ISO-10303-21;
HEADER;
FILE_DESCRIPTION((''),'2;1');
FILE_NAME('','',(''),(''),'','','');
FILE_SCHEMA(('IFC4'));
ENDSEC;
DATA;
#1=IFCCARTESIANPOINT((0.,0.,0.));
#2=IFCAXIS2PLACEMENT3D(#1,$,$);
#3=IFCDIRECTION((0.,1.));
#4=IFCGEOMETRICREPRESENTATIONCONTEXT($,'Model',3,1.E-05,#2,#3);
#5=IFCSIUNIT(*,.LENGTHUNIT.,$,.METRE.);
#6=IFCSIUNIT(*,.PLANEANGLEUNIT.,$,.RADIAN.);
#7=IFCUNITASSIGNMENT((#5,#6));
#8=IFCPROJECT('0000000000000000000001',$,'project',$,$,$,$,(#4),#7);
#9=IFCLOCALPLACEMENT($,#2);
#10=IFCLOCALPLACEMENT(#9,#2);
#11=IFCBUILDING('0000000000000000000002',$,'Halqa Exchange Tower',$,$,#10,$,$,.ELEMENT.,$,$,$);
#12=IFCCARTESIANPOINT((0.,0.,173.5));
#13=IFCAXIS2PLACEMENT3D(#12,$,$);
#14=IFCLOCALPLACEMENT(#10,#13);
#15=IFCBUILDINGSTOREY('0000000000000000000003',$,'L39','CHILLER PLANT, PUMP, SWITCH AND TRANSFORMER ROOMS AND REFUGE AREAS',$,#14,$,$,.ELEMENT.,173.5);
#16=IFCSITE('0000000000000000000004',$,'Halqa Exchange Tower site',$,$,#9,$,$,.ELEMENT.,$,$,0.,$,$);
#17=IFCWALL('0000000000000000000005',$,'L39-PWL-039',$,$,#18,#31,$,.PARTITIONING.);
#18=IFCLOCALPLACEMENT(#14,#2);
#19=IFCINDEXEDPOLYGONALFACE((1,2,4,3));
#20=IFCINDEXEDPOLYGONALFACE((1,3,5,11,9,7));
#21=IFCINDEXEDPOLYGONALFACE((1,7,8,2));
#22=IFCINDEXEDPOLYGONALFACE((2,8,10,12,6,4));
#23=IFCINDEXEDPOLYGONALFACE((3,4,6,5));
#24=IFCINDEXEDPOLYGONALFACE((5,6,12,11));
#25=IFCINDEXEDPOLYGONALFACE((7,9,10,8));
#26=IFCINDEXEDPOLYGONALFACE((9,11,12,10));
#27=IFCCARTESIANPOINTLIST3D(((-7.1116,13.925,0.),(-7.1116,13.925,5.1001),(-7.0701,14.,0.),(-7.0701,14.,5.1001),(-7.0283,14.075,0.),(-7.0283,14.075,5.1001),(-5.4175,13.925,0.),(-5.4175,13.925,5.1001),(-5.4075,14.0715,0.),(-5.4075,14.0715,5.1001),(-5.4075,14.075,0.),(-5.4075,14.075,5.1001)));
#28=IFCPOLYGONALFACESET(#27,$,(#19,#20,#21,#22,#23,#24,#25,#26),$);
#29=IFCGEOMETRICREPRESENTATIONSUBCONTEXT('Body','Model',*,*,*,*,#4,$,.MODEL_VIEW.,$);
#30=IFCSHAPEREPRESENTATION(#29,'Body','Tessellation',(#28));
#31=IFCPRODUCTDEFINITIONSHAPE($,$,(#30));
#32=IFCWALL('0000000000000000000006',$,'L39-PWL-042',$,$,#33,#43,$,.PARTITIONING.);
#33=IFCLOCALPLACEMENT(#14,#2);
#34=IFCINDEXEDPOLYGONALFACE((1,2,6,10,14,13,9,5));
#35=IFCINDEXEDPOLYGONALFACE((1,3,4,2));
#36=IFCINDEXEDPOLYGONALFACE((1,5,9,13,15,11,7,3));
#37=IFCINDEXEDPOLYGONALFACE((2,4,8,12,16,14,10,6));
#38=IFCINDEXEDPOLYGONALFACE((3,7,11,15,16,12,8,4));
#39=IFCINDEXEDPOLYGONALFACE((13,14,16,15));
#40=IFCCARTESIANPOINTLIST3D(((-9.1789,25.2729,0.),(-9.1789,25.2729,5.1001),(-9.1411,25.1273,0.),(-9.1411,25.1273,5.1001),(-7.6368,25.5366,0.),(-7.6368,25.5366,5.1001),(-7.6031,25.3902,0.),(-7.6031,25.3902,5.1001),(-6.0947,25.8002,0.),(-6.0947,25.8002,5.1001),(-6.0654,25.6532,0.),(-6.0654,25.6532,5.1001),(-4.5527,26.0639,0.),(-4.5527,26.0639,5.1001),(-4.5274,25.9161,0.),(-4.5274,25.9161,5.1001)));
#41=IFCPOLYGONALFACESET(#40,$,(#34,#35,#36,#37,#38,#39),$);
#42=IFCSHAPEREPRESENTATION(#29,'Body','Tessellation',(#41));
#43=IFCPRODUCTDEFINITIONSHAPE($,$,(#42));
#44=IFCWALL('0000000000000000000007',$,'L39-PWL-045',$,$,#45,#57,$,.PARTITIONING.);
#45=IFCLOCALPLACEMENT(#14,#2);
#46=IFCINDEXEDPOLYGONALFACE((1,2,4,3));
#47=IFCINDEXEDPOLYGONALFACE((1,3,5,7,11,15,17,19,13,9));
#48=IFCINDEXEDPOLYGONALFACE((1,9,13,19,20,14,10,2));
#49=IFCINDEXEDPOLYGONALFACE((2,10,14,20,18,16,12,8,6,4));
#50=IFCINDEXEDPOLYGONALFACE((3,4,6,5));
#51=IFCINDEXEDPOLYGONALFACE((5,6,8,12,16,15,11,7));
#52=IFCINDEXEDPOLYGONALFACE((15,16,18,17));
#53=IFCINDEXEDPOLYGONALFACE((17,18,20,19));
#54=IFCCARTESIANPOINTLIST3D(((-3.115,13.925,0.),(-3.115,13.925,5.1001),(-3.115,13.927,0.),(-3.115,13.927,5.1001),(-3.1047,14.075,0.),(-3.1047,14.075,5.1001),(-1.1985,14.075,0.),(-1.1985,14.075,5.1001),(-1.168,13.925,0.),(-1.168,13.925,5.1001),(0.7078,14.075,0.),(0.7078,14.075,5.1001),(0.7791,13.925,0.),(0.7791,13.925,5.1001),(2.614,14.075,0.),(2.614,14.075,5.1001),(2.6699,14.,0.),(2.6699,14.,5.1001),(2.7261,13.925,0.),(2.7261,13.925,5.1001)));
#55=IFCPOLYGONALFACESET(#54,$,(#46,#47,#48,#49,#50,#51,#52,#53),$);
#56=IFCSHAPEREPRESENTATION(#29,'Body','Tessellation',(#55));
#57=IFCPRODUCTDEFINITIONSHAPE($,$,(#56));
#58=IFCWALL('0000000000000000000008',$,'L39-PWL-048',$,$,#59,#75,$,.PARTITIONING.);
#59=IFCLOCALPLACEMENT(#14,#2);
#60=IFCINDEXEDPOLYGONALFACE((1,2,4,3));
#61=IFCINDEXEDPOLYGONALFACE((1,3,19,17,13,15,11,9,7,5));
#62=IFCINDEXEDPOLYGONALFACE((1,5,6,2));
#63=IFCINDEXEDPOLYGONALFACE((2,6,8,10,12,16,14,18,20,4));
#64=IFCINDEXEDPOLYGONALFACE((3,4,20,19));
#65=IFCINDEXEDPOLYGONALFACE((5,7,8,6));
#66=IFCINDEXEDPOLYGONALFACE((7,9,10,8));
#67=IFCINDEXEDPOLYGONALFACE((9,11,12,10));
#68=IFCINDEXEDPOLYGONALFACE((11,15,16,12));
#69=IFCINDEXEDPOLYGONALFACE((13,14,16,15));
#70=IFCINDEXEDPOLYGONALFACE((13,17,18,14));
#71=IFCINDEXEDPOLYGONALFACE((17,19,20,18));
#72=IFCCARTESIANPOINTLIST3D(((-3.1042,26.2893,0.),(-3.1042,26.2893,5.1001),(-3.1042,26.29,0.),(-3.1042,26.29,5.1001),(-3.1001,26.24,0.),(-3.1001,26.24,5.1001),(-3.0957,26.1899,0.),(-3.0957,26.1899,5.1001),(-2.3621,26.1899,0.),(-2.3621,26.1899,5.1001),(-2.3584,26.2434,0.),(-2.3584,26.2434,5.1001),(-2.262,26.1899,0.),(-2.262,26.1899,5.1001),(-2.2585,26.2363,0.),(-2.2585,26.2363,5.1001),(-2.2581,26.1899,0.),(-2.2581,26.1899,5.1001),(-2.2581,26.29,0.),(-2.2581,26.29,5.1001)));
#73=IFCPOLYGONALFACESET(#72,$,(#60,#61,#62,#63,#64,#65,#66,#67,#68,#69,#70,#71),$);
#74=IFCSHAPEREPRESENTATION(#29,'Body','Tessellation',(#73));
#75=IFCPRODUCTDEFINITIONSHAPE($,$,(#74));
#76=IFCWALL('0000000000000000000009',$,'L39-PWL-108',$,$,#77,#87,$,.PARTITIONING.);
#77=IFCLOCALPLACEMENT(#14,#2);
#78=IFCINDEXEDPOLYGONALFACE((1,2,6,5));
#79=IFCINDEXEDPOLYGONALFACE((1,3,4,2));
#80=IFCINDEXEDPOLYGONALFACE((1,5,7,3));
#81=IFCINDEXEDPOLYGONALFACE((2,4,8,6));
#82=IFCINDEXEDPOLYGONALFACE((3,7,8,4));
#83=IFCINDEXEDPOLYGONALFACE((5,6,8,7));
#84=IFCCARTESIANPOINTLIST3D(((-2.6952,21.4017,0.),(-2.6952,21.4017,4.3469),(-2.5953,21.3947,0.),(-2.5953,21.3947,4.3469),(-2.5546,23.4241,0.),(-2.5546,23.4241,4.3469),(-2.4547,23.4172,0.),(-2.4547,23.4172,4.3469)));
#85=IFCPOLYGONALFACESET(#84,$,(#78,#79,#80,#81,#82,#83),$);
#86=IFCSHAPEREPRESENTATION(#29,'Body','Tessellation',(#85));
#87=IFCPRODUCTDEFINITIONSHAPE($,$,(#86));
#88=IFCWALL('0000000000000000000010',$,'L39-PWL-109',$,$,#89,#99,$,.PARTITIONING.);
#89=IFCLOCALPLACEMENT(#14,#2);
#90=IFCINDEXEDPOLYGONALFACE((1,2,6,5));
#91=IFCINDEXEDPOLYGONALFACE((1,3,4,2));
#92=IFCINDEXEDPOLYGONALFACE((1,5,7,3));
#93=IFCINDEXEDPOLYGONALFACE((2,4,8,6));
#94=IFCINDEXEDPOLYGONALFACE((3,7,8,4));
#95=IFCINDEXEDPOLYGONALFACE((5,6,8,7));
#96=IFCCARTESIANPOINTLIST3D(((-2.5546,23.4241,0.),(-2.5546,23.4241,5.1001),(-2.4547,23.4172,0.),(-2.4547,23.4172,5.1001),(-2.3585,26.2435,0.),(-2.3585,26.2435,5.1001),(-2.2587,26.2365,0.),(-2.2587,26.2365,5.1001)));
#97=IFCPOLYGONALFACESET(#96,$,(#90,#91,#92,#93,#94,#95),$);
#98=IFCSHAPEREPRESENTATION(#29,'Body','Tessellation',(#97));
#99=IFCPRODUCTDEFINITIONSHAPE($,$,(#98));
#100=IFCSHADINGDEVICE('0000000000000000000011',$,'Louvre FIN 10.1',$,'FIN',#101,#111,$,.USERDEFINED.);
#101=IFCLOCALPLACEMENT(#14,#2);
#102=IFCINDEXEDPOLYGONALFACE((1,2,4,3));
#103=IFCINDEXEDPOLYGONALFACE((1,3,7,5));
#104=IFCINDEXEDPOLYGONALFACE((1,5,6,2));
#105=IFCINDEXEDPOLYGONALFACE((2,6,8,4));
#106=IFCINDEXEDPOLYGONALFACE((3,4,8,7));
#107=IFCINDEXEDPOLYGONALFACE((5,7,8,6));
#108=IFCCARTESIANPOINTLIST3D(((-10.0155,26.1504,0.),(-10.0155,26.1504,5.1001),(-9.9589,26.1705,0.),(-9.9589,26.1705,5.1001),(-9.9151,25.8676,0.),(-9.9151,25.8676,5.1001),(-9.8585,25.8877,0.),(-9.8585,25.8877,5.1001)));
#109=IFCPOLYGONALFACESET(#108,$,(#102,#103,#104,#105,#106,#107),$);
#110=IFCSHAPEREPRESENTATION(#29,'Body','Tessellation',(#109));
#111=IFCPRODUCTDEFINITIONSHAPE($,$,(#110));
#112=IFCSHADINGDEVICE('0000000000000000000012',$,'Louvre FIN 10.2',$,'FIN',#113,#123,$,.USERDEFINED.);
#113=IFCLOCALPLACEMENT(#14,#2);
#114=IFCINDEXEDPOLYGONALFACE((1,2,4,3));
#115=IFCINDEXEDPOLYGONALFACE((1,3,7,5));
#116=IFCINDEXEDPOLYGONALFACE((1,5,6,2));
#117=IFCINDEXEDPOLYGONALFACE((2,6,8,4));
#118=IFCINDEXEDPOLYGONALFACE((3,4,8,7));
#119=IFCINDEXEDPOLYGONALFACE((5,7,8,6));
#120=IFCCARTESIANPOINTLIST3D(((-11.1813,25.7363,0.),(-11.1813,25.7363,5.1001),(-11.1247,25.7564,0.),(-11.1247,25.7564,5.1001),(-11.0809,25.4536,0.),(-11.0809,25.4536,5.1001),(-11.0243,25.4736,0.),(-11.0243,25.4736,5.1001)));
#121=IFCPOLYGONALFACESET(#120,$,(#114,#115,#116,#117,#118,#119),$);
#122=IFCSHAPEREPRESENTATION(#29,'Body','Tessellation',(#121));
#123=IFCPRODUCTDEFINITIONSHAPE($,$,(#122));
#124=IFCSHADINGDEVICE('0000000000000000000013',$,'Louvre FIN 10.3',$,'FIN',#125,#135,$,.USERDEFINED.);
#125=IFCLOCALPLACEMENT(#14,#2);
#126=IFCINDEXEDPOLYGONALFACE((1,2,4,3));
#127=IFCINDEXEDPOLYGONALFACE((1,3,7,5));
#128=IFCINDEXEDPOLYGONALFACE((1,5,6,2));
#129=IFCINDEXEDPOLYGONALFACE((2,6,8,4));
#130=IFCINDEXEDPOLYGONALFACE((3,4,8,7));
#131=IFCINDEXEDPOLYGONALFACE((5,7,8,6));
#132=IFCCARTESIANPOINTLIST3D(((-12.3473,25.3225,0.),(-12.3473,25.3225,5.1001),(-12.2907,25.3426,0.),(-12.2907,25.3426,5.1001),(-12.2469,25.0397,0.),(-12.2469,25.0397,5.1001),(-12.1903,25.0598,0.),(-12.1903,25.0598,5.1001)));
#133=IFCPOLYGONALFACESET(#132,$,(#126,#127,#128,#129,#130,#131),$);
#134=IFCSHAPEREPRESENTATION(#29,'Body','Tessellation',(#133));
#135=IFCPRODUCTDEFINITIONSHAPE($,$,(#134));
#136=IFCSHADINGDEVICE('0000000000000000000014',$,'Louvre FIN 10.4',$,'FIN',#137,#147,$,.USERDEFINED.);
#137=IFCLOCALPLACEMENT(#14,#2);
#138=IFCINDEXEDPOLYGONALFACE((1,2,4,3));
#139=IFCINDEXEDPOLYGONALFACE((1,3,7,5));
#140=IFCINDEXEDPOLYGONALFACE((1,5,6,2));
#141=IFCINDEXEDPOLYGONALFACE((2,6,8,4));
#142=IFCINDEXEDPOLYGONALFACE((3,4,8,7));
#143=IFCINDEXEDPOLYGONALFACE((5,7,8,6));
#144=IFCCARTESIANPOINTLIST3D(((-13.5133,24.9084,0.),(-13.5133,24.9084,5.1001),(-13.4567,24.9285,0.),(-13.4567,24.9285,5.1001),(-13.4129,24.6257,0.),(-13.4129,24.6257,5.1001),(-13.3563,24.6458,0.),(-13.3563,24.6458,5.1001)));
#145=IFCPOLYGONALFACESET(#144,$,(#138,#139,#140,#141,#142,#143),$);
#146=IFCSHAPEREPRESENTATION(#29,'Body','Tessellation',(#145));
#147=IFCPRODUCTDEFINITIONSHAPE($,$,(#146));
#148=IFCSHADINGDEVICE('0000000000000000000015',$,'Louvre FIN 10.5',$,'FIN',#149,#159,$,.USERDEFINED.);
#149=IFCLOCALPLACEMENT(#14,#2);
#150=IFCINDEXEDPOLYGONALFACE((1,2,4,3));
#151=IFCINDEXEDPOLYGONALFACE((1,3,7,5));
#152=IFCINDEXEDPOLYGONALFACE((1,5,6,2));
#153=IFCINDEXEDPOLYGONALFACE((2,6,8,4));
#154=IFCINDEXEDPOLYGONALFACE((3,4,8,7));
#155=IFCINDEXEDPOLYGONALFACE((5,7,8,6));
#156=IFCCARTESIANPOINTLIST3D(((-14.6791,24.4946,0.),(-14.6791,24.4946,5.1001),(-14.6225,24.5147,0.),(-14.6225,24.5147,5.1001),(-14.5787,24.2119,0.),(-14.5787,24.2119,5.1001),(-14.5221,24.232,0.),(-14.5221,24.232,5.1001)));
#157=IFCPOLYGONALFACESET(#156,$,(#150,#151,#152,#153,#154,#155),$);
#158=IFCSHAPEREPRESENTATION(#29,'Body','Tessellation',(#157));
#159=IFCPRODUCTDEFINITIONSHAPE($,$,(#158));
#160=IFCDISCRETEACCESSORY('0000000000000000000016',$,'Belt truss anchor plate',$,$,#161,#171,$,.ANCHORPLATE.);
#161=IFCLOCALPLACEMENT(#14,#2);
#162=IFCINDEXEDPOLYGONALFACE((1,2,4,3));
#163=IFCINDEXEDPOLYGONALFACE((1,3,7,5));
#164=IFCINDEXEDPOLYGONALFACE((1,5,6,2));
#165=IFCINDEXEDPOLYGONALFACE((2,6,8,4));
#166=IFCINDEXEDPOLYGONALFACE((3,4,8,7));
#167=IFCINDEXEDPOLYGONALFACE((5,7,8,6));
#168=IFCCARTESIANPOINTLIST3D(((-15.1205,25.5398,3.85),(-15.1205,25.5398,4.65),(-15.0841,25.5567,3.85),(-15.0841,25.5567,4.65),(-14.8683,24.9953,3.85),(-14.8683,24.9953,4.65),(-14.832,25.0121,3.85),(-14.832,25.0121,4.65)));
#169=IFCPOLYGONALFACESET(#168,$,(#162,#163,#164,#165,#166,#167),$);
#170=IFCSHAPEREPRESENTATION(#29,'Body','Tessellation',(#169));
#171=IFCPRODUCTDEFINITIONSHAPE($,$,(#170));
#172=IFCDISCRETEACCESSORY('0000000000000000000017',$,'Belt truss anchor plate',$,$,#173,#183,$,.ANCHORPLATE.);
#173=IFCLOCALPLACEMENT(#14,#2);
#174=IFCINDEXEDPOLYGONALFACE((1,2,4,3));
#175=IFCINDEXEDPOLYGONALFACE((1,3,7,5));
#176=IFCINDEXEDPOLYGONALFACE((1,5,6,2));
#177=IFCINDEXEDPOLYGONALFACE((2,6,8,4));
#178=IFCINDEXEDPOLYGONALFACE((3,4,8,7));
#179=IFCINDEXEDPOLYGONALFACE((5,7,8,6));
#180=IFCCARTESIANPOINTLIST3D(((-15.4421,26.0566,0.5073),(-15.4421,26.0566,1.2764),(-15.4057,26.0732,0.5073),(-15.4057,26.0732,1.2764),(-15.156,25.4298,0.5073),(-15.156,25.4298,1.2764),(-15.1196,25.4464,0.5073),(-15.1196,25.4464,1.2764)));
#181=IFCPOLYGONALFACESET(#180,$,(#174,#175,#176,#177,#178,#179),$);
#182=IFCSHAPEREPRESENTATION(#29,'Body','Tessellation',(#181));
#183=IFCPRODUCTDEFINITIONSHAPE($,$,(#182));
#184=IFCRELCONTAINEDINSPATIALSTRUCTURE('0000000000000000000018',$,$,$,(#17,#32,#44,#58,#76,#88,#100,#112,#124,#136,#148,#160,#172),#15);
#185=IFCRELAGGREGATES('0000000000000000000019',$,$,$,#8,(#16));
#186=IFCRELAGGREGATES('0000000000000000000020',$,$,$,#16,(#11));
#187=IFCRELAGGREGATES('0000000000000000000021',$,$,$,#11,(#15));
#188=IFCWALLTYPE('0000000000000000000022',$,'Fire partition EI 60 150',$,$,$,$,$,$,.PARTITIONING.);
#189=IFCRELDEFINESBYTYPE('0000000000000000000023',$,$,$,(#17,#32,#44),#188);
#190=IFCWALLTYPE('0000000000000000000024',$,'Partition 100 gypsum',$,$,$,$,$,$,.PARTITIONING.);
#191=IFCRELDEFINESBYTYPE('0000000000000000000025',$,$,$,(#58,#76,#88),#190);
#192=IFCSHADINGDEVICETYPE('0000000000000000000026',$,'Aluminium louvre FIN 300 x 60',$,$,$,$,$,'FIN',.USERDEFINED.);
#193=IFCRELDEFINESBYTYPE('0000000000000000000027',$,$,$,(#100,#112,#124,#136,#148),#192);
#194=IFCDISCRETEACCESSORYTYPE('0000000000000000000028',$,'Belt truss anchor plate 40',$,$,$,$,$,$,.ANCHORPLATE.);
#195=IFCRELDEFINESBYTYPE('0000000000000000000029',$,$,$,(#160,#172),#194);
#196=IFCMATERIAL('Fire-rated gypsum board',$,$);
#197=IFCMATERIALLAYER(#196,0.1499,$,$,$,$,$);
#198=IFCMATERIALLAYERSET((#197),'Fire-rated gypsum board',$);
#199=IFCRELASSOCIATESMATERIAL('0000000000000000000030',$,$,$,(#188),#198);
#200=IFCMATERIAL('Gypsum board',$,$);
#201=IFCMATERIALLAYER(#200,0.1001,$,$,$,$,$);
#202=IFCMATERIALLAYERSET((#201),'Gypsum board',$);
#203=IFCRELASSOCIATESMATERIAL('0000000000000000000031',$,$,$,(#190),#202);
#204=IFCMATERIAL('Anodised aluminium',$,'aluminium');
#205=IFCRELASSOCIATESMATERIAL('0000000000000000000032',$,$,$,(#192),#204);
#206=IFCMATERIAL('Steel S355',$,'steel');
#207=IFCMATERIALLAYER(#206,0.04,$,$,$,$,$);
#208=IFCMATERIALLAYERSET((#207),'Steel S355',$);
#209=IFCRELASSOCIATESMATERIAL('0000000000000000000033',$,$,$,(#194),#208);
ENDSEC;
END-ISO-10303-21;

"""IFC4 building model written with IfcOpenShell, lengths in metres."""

from ifc_helpers import new_model, si_unit, direction, frame, frame_2d, origin, origin_2d, place, context, subcontext, project, spatial, polyline, rectangle, outline, extrude, material, layer, layer_set, material_profile, profile_set, type_object, element, save


model = new_model("IFC4")

# Units and contexts
model_context = context("Model", 3, precision=1e-05, world=origin(), true_north=direction((0.0, 1.0)))
body_context = subcontext(model_context, "Body", "Model", "MODEL_VIEW")
ifc_project = project(units=[si_unit("LENGTHUNIT", "METRE"), si_unit("PLANEANGLEUNIT", "RADIAN")], contexts=[model_context])

# Site, building, storey
site_placement = place(None, origin())
site = spatial("IfcSite", under=ifc_project, at=site_placement, Name="Halqa Exchange Tower site", CompositionType="ELEMENT", RefElevation=0.0)
building_placement = place(site_placement, origin())
building = spatial("IfcBuilding", under=site, at=building_placement, Name="Halqa Exchange Tower", CompositionType="ELEMENT")
storey_placement = place(building_placement, frame((0.0, 0.0, 173.5)))
storey = spatial("IfcBuildingStorey", under=building, at=storey_placement, Name="L39", Description="CHILLER PLANT, PUMP, SWITCH AND TRANSFORMER ROOMS AND REFUGE AREAS", CompositionType="ELEMENT", Elevation=173.5)

# Shared definitions
ifc_material_1 = material(Name="Steel S355", Category="steel")

# Shared definitions
ifc_material_2 = material(Name="Fire-rated gypsum board")
ifc_layer_1 = layer(ifc_material_2, 0.1499)
ifc_layer_set_1 = layer_set([ifc_layer_1], Name="Fire-rated gypsum board")
wall_type_1 = type_object("IfcWallType", Name="Fire partition EI 60 150", PredefinedType="PARTITIONING", material=ifc_layer_set_1)

# Walls
wall_1_placement = place(storey_placement, frame((-7.1116, 14.0, 0.0), z_axis=(0.0, 0.0, 1.0), x_axis=(1.0, 0.0, 0.0)))
element("IfcWall", 1, at=wall_1_placement, inside=storey, type_object=wall_type_1, Name="L39-PWL-039", PredefinedType="PARTITIONING", context=body_context, shape_type="SweptSolid", body=[
    extrude(outline(polyline([(0.0, -0.075), (1.6941, -0.075), (1.7041, 0.0715), (1.7041, 0.075), (0.0833, 0.075), (0.0415, 0.0), (0.0, -0.075), (0.0, -0.075)])), origin(), (0.0, 0.0, 1.0), 5.1001),
])
wall_2_placement = place(storey_placement, frame((-4.54, 25.99, 0.0), z_axis=(0.0, 0.0, 1.0), x_axis=(-0.985696, -0.168531, 0.0)))
element("IfcWall", 2, at=wall_2_placement, inside=storey, type_object=wall_type_1, Name="L39-PWL-042", PredefinedType="PARTITIONING", context=body_context, shape_type="SweptSolid", body=[
    extrude(outline(polyline([(0.0, -0.075), (1.5645, -0.075), (3.1289, -0.075), (4.6934, -0.075), (4.6807, 0.075), (3.1204, 0.075), (1.5603, 0.075), (0.0, 0.075), (0.0, -0.075)])), origin(), (0.0, 0.0, 1.0), 5.1001),
])
wall_3_placement = place(storey_placement, frame((-3.115, 14.0, 0.0), z_axis=(0.0, 0.0, 1.0), x_axis=(1.0, 0.0, 0.0)))
element("IfcWall", 3, at=wall_3_placement, inside=storey, type_object=wall_type_1, Name="L39-PWL-045", PredefinedType="PARTITIONING", context=body_context, shape_type="SweptSolid", body=[
    extrude(outline(polyline([(0.0, -0.075), (1.947, -0.075), (3.894, -0.075), (5.8411, -0.075), (5.7849, 0.0), (5.729, 0.075), (3.8228, 0.075), (1.9165, 0.075), (0.0103, 0.075), (0.0, -0.073), (0.0, -0.075)])), origin(), (0.0, 0.0, 1.0), 5.1001),
])
ifc_material_3 = material(Name="Gypsum board")
ifc_layer_2 = layer(ifc_material_3, 0.1001)
ifc_layer_set_2 = layer_set([ifc_layer_2], Name="Gypsum board")
wall_type_2 = type_object("IfcWallType", Name="Partition 100 gypsum", PredefinedType="PARTITIONING", material=ifc_layer_set_2)
wall_4_placement = place(storey_placement, frame((-2.2581, 26.24, 0.0), z_axis=(0.0, 0.0, 1.0), x_axis=(-1.0, 0.0, 0.0)))
element("IfcWall", 4, at=wall_4_placement, inside=storey, type_object=wall_type_2, Name="L39-PWL-048", PredefinedType="PARTITIONING", context=body_context, shape_type="SweptSolid", body=[
    extrude(outline(polyline([(0.8462, -0.05), (0.8462, -0.0493), (0.842, 0.0), (0.8376, 0.05), (0.104, 0.05), (0.1003, -0.0034), (0.0005, 0.0037), (0.0039, 0.05), (0.0, 0.05), (0.0, -0.05), (0.8462, -0.05)])), origin(), (0.0, 0.0, 1.0), 5.1001),
])
wall_5_placement = place(storey_placement, frame((-2.6453, 21.3982, 0.0), z_axis=(0.0, 0.0, 1.0), x_axis=(0.069364, 0.997591, 0.0)))
element("IfcWall", 5, at=wall_5_placement, inside=storey, type_object=wall_type_2, Name="L39-PWL-108", PredefinedType="PARTITIONING", context=body_context, shape_type="SweptSolid", body=[
    extrude(rectangle(XDim=2.0273, YDim=0.1001, at=frame_2d((1.0137, 0.0))), origin(), (0.0, 0.0, 1.0), 4.3469),
])
wall_6_placement = place(storey_placement, frame((-2.5046, 23.4207, 0.0), z_axis=(0.0, 0.0, 1.0), x_axis=(0.069368, 0.997591, 0.0)))
element("IfcWall", 6, at=wall_6_placement, inside=storey, type_object=wall_type_2, Name="L39-PWL-109", PredefinedType="PARTITIONING", context=body_context, shape_type="SweptSolid", body=[
    extrude(rectangle(XDim=2.8262, YDim=0.1001, at=frame_2d((1.4131, 0.0))), origin(), (0.0, 0.0, 1.0), 5.1001),
])

# Shading devices
ifc_material_4 = material(Name="Anodised aluminium", Category="aluminium")
ifc_material_profile_1 = material_profile(ifc_material_4, rectangle(XDim=0.3, YDim=0.0601, at=origin_2d()), Name="AL FIN 300x60")
ifc_profile_set_1 = profile_set([ifc_material_profile_1], Name="Anodised aluminium")
shading_device_type = type_object("IfcShadingDeviceType", Name="Aluminium louvre FIN 300 x 60", ElementType="FIN", PredefinedType="USERDEFINED", material=ifc_profile_set_1)
for number, where, z_axis, x_axis, name in (
    (7, (-9.937, 26.019, 0.0), (0.0, 0.0, 1.0), (0.33458, -0.942367, 0.0), "Louvre FIN 10.1"),
    (8, (-11.1028, 25.605, 0.0), (0.0, 0.0, 1.0), (0.33458, -0.942367, 0.0), "Louvre FIN 10.2"),
    (9, (-12.2688, 25.1912, 0.0), (0.0, 0.0, 1.0), (0.33458, -0.942367, 0.0), "Louvre FIN 10.3"),
    (10, (-13.4348, 24.7771, 0.0), (0.0, 0.0, 1.0), (0.33458, -0.942367, 0.0), "Louvre FIN 10.4"),
    (11, (-14.6006, 24.3633, 0.0), (0.0, 0.0, 1.0), (0.33458, -0.942367, 0.0), "Louvre FIN 10.5"),
):
    element("IfcShadingDevice", number, at=place(storey_placement, frame(where, z_axis=z_axis, x_axis=x_axis)), inside=storey, type_object=shading_device_type, Name=name, ObjectType="FIN", PredefinedType="USERDEFINED", context=body_context, shape_type="SweptSolid", body=[
        extrude(rectangle(XDim=0.3, YDim=0.0601, at=origin_2d()), origin(), (0.0, 0.0, 1.0), 5.1001),
    ])

# Discrete accessories
ifc_layer_3 = layer(ifc_material_1, 0.04)
ifc_layer_set_3 = layer_set([ifc_layer_3], Name="Steel S355")
discrete_accessory_type = type_object("IfcDiscreteAccessoryType", Name="Belt truss anchor plate 40", PredefinedType="ANCHORPLATE", material=ifc_layer_set_3)
discrete_accessory_1_placement = place(storey_placement, frame((-14.9944, 25.2676, 4.25), z_axis=(0.907424, 0.420216, 0.0), x_axis=(-0.420216, 0.907424, 0.0)))
element("IfcDiscreteAccessory", 12, at=discrete_accessory_1_placement, inside=storey, type_object=discrete_accessory_type, Name="Belt truss anchor plate", PredefinedType="ANCHORPLATE", context=body_context, shape_type="SweptSolid", body=[
    extrude(rectangle(XDim=0.6001, YDim=0.8, at=origin_2d()), origin(), (0.0, 0.0, 1.0), 0.04),
])
discrete_accessory_2_placement = place(storey_placement, frame((-15.2991, 25.7432, 0.8918), z_axis=(0.909738, 0.415183, 0.0), x_axis=(-0.415183, 0.909738, 0.0)))
element("IfcDiscreteAccessory", 13, at=discrete_accessory_2_placement, inside=storey, type_object=discrete_accessory_type, Name="Belt truss anchor plate", PredefinedType="ANCHORPLATE", context=body_context, shape_type="SweptSolid", body=[
    extrude(rectangle(XDim=0.689, YDim=0.769, at=origin_2d()), origin(), (0.0, 0.0, 1.0), 0.04),
])

save(model, "model.ifc")
